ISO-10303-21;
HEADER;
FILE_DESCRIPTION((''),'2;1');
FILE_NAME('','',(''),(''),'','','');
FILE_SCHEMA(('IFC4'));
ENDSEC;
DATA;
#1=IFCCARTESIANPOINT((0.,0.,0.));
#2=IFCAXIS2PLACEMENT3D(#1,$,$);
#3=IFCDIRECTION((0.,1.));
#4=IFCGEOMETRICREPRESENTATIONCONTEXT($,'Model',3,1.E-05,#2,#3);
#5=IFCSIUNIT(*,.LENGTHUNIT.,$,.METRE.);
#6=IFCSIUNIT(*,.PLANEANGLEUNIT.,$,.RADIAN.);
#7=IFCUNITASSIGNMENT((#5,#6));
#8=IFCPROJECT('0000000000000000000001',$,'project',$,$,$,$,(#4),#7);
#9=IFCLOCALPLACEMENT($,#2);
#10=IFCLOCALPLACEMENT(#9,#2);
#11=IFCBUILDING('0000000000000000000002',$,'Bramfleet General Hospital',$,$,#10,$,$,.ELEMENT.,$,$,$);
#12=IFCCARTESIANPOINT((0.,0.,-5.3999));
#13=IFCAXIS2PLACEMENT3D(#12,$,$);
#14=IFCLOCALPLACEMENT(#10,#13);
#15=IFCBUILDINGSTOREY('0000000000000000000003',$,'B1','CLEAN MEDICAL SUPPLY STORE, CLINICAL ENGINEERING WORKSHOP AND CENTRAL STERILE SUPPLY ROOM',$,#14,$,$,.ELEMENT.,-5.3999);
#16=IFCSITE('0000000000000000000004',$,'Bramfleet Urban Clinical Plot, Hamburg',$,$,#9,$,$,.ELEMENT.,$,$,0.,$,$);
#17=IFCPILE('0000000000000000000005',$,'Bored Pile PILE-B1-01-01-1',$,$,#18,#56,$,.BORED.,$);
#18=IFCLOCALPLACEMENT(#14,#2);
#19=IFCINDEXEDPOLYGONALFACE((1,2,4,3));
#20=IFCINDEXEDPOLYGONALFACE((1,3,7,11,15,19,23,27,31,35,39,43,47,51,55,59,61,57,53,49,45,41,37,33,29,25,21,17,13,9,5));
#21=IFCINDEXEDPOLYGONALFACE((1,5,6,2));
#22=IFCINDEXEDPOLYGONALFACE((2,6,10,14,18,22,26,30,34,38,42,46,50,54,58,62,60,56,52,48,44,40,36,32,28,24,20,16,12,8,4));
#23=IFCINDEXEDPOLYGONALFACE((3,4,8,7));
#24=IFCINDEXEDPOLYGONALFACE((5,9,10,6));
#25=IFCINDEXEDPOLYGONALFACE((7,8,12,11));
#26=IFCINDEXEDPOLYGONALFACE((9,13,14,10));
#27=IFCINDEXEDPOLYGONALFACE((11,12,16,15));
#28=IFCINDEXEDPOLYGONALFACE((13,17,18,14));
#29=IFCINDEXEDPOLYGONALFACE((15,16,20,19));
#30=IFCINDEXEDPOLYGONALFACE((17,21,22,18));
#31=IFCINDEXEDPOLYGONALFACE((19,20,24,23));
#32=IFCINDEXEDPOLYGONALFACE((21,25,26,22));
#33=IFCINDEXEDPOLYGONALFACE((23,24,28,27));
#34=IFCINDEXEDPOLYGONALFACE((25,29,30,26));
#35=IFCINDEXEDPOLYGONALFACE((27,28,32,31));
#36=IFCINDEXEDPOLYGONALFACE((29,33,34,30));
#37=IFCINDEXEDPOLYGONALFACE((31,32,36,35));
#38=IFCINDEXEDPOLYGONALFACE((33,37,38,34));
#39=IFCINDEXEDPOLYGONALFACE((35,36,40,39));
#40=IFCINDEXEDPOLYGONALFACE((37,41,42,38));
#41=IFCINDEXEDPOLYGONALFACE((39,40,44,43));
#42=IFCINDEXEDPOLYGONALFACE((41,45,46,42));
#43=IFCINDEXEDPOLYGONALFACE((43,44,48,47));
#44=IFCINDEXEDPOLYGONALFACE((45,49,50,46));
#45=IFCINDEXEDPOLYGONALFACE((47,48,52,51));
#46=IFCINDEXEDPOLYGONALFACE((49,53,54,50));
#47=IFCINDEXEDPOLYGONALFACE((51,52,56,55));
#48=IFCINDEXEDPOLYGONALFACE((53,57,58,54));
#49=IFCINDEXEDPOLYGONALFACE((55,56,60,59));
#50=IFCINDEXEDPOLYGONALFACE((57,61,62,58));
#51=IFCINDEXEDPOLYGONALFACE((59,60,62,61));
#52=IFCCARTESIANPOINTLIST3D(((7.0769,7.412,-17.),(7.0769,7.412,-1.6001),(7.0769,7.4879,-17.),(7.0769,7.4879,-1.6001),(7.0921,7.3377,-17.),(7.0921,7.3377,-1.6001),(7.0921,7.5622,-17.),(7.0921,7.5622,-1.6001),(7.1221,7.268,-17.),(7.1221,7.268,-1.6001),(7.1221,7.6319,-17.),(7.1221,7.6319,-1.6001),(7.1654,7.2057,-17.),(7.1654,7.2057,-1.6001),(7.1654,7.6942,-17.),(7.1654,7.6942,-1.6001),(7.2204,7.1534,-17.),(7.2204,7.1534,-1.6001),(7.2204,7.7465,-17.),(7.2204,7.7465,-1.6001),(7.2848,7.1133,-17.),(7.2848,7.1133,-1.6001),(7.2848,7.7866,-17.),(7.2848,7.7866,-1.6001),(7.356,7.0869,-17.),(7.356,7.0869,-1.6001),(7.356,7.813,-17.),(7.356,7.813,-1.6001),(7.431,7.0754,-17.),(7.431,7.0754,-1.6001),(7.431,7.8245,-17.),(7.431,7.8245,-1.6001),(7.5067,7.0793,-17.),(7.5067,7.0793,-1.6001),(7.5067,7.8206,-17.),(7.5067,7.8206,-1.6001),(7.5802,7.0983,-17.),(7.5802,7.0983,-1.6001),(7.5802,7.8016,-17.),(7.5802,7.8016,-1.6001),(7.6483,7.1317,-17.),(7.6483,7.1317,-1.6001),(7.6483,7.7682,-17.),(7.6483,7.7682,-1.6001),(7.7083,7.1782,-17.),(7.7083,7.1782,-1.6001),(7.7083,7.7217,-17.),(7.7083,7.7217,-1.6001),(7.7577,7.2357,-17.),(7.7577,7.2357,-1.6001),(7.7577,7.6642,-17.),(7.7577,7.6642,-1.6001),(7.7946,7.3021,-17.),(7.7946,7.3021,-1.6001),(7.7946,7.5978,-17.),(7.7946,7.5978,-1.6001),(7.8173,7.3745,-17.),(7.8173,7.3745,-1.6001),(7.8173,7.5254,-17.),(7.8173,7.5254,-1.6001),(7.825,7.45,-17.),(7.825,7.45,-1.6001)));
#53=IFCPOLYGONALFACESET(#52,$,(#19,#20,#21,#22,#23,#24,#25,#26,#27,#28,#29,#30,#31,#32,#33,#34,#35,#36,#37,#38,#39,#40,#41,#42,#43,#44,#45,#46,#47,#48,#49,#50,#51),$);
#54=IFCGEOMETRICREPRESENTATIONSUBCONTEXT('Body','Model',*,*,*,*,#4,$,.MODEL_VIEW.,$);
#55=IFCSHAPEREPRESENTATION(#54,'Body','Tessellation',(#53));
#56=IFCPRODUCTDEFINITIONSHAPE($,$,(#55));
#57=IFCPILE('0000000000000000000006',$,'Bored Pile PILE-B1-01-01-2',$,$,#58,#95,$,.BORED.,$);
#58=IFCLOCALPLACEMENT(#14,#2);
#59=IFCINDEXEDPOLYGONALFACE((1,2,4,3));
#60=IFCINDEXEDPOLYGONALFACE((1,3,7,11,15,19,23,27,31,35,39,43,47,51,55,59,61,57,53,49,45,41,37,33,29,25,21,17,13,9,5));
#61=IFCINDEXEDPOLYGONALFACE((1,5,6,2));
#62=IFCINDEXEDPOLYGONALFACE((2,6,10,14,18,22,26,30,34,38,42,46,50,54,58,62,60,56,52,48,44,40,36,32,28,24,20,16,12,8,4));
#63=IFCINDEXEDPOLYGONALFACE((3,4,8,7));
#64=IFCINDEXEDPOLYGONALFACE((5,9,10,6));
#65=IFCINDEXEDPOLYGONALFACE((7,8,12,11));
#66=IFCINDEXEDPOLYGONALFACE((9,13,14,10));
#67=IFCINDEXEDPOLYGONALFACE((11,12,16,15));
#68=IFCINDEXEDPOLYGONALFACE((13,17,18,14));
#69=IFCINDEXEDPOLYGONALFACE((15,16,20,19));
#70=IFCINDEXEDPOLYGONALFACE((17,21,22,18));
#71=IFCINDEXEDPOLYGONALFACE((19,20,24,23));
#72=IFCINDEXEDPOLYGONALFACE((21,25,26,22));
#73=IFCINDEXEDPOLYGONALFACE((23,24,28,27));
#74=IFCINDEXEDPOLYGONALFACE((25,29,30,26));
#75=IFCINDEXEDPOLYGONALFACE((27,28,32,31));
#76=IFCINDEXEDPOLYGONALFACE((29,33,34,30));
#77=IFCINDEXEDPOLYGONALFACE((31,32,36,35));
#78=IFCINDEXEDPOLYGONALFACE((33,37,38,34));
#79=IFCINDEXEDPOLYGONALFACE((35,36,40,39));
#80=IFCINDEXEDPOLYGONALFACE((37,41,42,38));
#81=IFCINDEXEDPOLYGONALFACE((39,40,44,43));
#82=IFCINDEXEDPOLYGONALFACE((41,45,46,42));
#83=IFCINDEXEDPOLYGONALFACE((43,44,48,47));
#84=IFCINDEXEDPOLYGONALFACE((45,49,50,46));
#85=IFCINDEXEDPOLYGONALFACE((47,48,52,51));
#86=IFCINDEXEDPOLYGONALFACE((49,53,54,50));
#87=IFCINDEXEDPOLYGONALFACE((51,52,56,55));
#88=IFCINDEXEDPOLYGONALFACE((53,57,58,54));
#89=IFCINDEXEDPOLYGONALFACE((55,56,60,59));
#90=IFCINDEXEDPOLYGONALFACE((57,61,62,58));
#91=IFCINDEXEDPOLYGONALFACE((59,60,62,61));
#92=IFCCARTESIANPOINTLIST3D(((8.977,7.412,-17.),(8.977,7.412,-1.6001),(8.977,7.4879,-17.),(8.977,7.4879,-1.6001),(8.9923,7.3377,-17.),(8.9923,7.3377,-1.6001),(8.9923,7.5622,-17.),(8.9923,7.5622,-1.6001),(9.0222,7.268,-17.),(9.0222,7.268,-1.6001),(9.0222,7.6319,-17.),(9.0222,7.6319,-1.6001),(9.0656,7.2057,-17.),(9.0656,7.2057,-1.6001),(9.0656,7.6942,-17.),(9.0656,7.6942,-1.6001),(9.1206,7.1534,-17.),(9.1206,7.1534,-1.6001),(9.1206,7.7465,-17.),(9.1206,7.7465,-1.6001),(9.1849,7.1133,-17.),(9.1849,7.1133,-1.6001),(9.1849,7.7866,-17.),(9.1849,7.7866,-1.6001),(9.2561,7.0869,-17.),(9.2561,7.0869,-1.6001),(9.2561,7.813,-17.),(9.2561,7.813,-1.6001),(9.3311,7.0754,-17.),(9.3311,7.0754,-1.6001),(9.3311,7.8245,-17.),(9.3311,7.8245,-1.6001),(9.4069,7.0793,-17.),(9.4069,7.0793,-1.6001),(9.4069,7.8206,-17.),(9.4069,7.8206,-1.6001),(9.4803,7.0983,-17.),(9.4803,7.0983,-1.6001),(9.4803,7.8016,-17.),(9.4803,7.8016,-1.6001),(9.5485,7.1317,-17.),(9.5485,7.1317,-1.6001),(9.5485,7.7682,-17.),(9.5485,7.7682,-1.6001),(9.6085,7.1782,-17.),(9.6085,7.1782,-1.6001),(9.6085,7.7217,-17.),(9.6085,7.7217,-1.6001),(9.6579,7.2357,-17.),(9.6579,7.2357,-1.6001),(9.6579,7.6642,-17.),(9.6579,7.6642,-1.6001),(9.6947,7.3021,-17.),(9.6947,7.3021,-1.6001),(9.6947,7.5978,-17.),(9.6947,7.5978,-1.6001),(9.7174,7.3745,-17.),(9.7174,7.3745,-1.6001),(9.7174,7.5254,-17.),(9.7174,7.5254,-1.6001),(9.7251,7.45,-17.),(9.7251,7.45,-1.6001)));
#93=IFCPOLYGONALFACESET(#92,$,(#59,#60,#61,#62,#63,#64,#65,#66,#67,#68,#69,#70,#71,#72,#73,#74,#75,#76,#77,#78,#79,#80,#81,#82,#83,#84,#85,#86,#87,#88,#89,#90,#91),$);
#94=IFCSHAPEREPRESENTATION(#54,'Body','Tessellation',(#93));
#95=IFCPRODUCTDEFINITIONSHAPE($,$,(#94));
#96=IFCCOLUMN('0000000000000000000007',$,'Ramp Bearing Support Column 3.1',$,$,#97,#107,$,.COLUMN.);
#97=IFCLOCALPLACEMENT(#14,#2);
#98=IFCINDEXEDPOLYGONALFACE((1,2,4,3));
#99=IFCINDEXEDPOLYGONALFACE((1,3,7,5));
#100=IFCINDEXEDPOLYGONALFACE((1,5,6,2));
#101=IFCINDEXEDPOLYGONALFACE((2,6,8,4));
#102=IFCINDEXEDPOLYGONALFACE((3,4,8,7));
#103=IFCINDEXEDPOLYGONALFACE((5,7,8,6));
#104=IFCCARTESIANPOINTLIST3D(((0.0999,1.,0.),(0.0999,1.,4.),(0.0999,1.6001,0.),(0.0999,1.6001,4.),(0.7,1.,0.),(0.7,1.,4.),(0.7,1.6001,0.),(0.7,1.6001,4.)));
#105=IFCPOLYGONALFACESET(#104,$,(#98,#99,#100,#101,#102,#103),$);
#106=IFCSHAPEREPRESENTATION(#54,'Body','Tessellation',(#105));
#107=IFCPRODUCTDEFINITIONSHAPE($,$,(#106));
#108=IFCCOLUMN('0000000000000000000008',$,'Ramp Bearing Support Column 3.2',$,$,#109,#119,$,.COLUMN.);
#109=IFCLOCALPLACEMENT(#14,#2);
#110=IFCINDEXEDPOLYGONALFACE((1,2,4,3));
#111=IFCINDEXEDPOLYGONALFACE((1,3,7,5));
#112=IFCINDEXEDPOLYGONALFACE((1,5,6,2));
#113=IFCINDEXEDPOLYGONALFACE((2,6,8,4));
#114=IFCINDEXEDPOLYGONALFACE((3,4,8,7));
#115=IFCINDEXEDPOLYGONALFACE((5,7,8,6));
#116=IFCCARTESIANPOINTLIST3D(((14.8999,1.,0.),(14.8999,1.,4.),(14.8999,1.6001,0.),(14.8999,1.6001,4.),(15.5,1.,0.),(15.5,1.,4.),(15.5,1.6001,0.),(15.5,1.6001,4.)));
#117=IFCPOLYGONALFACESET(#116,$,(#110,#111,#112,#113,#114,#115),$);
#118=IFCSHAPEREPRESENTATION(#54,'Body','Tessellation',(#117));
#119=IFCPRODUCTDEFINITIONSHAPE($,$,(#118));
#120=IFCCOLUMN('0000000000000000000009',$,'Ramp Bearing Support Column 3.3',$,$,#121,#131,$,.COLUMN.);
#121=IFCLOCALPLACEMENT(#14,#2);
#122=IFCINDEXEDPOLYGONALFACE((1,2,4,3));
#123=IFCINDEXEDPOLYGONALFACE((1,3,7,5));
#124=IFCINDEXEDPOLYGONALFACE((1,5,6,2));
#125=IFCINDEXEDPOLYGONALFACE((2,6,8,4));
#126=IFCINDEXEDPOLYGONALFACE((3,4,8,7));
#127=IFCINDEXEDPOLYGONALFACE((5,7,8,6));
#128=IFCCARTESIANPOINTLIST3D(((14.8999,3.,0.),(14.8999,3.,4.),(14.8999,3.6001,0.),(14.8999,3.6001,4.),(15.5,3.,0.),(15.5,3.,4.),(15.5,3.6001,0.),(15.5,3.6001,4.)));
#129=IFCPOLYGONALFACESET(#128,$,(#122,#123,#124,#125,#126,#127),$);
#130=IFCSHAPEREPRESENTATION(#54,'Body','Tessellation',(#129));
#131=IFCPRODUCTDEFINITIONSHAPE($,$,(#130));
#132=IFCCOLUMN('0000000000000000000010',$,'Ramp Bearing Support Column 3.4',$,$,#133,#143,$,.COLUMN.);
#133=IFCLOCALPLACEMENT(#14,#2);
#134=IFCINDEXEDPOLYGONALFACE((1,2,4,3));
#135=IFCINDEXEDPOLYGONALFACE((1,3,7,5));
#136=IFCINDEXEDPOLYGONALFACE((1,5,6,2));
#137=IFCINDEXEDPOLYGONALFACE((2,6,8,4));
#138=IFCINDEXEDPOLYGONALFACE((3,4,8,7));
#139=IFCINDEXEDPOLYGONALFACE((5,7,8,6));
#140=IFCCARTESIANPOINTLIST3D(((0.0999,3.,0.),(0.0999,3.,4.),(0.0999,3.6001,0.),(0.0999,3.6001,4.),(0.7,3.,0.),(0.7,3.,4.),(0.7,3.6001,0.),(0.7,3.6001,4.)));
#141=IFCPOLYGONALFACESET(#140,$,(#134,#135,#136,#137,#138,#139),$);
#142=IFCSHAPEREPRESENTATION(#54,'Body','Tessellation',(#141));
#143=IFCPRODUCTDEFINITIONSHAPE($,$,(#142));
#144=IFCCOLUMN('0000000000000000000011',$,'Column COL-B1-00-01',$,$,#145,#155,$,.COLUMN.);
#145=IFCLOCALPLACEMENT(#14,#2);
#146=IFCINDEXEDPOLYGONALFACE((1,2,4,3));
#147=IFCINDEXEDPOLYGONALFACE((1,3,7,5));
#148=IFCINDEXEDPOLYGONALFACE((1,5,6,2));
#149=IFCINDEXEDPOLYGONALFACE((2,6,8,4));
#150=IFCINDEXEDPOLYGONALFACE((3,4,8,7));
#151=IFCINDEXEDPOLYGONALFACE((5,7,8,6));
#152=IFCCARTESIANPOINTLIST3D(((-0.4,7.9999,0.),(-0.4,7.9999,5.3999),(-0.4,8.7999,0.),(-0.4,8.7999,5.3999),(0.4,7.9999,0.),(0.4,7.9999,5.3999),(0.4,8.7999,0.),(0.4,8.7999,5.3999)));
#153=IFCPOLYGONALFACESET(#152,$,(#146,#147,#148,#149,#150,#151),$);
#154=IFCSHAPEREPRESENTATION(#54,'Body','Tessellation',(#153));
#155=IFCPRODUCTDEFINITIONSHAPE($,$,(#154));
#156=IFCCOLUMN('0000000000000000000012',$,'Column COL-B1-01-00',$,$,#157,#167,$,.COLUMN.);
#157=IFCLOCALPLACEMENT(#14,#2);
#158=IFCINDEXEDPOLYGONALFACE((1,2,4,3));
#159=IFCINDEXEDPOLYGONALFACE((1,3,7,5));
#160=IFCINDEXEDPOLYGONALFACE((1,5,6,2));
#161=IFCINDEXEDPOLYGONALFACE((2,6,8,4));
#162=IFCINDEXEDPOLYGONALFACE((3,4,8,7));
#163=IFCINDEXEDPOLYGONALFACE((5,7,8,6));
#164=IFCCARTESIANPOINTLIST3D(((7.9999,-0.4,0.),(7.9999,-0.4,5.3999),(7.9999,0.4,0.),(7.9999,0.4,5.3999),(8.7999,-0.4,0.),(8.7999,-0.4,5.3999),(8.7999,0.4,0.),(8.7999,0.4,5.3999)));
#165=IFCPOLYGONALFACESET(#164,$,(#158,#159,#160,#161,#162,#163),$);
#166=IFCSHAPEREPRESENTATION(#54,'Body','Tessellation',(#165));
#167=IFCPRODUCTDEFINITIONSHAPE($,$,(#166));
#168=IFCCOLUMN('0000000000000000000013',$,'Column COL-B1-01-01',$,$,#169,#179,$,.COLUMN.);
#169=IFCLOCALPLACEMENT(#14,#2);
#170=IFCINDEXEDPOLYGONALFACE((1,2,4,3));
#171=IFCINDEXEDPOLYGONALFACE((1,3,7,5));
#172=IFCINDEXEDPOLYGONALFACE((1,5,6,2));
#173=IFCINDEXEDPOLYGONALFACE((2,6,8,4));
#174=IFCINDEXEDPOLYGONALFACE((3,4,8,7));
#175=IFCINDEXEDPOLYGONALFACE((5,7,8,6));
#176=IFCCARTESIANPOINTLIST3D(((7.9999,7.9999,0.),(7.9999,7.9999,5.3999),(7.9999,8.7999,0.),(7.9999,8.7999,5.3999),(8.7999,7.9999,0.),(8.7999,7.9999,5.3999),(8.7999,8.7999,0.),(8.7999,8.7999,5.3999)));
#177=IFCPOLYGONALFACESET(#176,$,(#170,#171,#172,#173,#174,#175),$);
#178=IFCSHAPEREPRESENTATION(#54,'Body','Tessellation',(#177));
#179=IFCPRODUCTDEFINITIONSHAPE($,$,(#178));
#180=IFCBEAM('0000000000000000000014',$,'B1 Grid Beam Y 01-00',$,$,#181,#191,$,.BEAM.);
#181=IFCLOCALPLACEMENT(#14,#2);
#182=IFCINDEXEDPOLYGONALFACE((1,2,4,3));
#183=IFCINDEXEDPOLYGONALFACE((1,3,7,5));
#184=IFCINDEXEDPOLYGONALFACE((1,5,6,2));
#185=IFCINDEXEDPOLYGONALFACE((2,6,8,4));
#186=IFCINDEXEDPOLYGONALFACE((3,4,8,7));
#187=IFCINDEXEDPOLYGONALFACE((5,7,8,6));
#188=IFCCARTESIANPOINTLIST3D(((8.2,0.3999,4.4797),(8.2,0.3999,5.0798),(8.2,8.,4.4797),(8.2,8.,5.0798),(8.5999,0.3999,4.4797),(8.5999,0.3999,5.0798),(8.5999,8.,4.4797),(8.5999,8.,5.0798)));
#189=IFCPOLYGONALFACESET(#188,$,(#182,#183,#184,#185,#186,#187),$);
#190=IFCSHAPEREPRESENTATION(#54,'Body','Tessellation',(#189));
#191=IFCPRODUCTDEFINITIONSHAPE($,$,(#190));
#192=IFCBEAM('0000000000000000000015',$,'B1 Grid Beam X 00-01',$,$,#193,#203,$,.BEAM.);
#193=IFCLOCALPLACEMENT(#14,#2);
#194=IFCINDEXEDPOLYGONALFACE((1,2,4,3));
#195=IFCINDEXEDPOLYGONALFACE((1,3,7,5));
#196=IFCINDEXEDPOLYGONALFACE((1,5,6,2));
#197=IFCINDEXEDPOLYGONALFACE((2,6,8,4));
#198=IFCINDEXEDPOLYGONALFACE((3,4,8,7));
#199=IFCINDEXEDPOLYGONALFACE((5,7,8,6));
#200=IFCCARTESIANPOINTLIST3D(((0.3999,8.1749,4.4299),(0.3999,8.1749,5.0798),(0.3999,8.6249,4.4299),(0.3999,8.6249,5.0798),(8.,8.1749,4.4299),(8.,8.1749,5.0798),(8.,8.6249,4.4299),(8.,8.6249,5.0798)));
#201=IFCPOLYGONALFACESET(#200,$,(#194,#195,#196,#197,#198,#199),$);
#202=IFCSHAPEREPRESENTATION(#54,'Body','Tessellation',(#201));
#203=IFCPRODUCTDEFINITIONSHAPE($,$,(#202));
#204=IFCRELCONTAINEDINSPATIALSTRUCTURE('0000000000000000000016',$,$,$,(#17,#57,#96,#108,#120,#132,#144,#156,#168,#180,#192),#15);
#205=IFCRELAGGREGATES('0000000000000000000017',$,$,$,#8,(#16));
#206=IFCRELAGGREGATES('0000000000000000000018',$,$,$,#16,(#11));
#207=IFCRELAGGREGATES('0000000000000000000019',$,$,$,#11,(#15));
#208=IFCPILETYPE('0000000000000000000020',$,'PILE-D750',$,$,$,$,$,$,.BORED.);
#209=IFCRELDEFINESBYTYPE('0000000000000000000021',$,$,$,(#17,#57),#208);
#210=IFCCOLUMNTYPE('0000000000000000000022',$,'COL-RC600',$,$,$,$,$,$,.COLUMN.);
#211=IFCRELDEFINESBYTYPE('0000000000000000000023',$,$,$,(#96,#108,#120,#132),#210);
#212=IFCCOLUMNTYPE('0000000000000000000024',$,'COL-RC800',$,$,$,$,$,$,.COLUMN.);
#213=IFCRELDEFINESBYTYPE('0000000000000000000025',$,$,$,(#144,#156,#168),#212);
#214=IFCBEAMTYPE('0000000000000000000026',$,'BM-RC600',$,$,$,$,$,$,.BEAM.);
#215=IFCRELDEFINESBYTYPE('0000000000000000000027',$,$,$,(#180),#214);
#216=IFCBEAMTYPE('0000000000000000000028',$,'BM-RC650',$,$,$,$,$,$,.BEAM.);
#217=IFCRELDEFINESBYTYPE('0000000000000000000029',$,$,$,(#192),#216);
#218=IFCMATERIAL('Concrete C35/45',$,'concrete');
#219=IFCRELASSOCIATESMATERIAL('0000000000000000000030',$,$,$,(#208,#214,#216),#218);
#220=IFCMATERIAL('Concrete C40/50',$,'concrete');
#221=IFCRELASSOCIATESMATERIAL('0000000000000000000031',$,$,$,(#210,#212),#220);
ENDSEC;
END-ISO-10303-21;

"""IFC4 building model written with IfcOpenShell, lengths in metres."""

from ifc_helpers import new_model, si_unit, direction, frame, origin, origin_2d, place, context, subcontext, project, spatial, rectangle, circle, extrude, material, material_profile, profile_set, type_object, element, save


model = new_model("IFC4")

# Units and contexts
model_context = context("Model", 3, precision=1e-05, world=origin(), true_north=direction((0.0, 1.0)))
body_context = subcontext(model_context, "Body", "Model", "MODEL_VIEW")
ifc_project = project(units=[si_unit("LENGTHUNIT", "METRE"), si_unit("PLANEANGLEUNIT", "RADIAN")], contexts=[model_context])

# Site, building, storey
site_placement = place(None, origin())
site = spatial("IfcSite", under=ifc_project, at=site_placement, Name="Bramfleet Urban Clinical Plot, Hamburg", CompositionType="ELEMENT", RefElevation=0.0)
building_placement = place(site_placement, origin())
building = spatial("IfcBuilding", under=site, at=building_placement, Name="Bramfleet General Hospital", CompositionType="ELEMENT")
storey_placement = place(building_placement, frame((0.0, 0.0, -5.3999)))
storey = spatial("IfcBuildingStorey", under=building, at=storey_placement, Name="B1", Description="CLEAN MEDICAL SUPPLY STORE, CLINICAL ENGINEERING WORKSHOP AND CENTRAL STERILE SUPPLY ROOM", CompositionType="ELEMENT", Elevation=-5.3999)

# Shared definitions
ifc_material_1 = material(Name="Concrete C35/45", Category="concrete")

# Piles
ifc_material_profile_1 = material_profile(ifc_material_1, circle(Radius=0.375, at=origin_2d()), Name="PILE BORED D750")
ifc_profile_set_1 = profile_set([ifc_material_profile_1], Name="Concrete C35/45")
pile_type = type_object("IfcPileType", Name="PILE-D750", PredefinedType="BORED", material=ifc_profile_set_1)
for number, where, z_axis, x_axis, name in (
    (1, (7.45, 7.45, -1.6001), (0.0, 0.0, -1.0), (1.0, 0.0, 0.0), "Bored Pile PILE-B1-01-01-1"),
    (2, (9.3501, 7.45, -1.6001), (0.0, 0.0, -1.0), (1.0, 0.0, 0.0), "Bored Pile PILE-B1-01-01-2"),
):
    element("IfcPile", number, at=place(storey_placement, frame(where, z_axis=z_axis, x_axis=x_axis)), inside=storey, type_object=pile_type, Name=name, PredefinedType="BORED", context=body_context, shape_type="SweptSolid", body=[
        extrude(circle(Radius=0.375, at=origin_2d()), origin(), (0.0, 0.0, 1.0), 15.3999),
    ])

# Columns
ifc_material_2 = material(Name="Concrete C40/50", Category="concrete")
ifc_material_profile_2 = material_profile(ifc_material_2, rectangle(XDim=0.6001, YDim=0.6001, at=origin_2d()), Name="RC COL 600x600")
ifc_profile_set_2 = profile_set([ifc_material_profile_2], Name="Concrete C40/50")
column_type_1 = type_object("IfcColumnType", Name="COL-RC600", PredefinedType="COLUMN", material=ifc_profile_set_2)
for number, where, z_axis, x_axis, name in (
    (3, (0.3999, 1.3, 0.0), (0.0, 0.0, 1.0), (1.0, 0.0, 0.0), "Ramp Bearing Support Column 3.1"),
    (4, (15.2, 1.3, 0.0), (0.0, 0.0, 1.0), (1.0, 0.0, 0.0), "Ramp Bearing Support Column 3.2"),
    (5, (15.2, 3.3, 0.0), (0.0, 0.0, 1.0), (1.0, 0.0, 0.0), "Ramp Bearing Support Column 3.3"),
    (6, (0.3999, 3.3, 0.0), (0.0, 0.0, 1.0), (1.0, 0.0, 0.0), "Ramp Bearing Support Column 3.4"),
):
    element("IfcColumn", number, at=place(storey_placement, frame(where, z_axis=z_axis, x_axis=x_axis)), inside=storey, type_object=column_type_1, Name=name, PredefinedType="COLUMN", context=body_context, shape_type="SweptSolid", body=[
        extrude(rectangle(XDim=0.6001, YDim=0.6001, at=origin_2d()), origin(), (0.0, 0.0, 1.0), 4.0),
    ])
ifc_material_profile_3 = material_profile(ifc_material_2, rectangle(XDim=0.8, YDim=0.8, at=origin_2d()), Name="RC COL 800x800")
ifc_profile_set_3 = profile_set([ifc_material_profile_3], Name="Concrete C40/50")
column_type_2 = type_object("IfcColumnType", Name="COL-RC800", PredefinedType="COLUMN", material=ifc_profile_set_3)
for number, where, z_axis, x_axis, name in (
    (7, (0.0, 8.3999, 0.0), (0.0, 0.0, 1.0), (1.0, 0.0, 0.0), "Column COL-B1-00-01"),
    (8, (8.3999, 0.0, 0.0), (0.0, 0.0, 1.0), (1.0, 0.0, 0.0), "Column COL-B1-01-00"),
    (9, (8.3999, 8.3999, 0.0), (0.0, 0.0, 1.0), (1.0, 0.0, 0.0), "Column COL-B1-01-01"),
):
    element("IfcColumn", number, at=place(storey_placement, frame(where, z_axis=z_axis, x_axis=x_axis)), inside=storey, type_object=column_type_2, Name=name, PredefinedType="COLUMN", context=body_context, shape_type="SweptSolid", body=[
        extrude(rectangle(XDim=0.8, YDim=0.8, at=origin_2d()), origin(), (0.0, 0.0, 1.0), 5.3999),
    ])

# Beams
ifc_material_profile_4 = material_profile(ifc_material_1, rectangle(XDim=0.3999, YDim=0.6001, at=origin_2d()), Name="RC BM 600x400")
ifc_profile_set_4 = profile_set([ifc_material_profile_4], Name="Concrete C35/45")
beam_type_1 = type_object("IfcBeamType", Name="BM-RC600", PredefinedType="BEAM", material=ifc_profile_set_4)
beam_1_placement = place(storey_placement, frame((8.3999, 0.3999, 4.7798), z_axis=(0.0, 1.0, 0.0), x_axis=(-1.0, 0.0, 0.0)))
element("IfcBeam", 10, at=beam_1_placement, inside=storey, type_object=beam_type_1, Name="B1 Grid Beam Y 01-00", PredefinedType="BEAM", context=body_context, shape_type="SweptSolid", body=[
    extrude(rectangle(XDim=0.3999, YDim=0.6001, at=origin_2d()), origin(), (0.0, 0.0, 1.0), 7.6001),
])
ifc_material_profile_5 = material_profile(ifc_material_1, rectangle(XDim=0.45, YDim=0.6499, at=origin_2d()), Name="RC BM 650x450")
ifc_profile_set_5 = profile_set([ifc_material_profile_5], Name="Concrete C35/45")
beam_type_2 = type_object("IfcBeamType", Name="BM-RC650", PredefinedType="BEAM", material=ifc_profile_set_5)
beam_2_placement = place(storey_placement, frame((0.3999, 8.3999, 4.7549), z_axis=(1.0, 0.0, 0.0), x_axis=(0.0, 1.0, 0.0)))
element("IfcBeam", 11, at=beam_2_placement, inside=storey, type_object=beam_type_2, Name="B1 Grid Beam X 00-01", PredefinedType="BEAM", context=body_context, shape_type="SweptSolid", body=[
    extrude(rectangle(XDim=0.45, YDim=0.6499, at=origin_2d()), origin(), (0.0, 0.0, 1.0), 7.6001),
])

save(model, "model.ifc")
